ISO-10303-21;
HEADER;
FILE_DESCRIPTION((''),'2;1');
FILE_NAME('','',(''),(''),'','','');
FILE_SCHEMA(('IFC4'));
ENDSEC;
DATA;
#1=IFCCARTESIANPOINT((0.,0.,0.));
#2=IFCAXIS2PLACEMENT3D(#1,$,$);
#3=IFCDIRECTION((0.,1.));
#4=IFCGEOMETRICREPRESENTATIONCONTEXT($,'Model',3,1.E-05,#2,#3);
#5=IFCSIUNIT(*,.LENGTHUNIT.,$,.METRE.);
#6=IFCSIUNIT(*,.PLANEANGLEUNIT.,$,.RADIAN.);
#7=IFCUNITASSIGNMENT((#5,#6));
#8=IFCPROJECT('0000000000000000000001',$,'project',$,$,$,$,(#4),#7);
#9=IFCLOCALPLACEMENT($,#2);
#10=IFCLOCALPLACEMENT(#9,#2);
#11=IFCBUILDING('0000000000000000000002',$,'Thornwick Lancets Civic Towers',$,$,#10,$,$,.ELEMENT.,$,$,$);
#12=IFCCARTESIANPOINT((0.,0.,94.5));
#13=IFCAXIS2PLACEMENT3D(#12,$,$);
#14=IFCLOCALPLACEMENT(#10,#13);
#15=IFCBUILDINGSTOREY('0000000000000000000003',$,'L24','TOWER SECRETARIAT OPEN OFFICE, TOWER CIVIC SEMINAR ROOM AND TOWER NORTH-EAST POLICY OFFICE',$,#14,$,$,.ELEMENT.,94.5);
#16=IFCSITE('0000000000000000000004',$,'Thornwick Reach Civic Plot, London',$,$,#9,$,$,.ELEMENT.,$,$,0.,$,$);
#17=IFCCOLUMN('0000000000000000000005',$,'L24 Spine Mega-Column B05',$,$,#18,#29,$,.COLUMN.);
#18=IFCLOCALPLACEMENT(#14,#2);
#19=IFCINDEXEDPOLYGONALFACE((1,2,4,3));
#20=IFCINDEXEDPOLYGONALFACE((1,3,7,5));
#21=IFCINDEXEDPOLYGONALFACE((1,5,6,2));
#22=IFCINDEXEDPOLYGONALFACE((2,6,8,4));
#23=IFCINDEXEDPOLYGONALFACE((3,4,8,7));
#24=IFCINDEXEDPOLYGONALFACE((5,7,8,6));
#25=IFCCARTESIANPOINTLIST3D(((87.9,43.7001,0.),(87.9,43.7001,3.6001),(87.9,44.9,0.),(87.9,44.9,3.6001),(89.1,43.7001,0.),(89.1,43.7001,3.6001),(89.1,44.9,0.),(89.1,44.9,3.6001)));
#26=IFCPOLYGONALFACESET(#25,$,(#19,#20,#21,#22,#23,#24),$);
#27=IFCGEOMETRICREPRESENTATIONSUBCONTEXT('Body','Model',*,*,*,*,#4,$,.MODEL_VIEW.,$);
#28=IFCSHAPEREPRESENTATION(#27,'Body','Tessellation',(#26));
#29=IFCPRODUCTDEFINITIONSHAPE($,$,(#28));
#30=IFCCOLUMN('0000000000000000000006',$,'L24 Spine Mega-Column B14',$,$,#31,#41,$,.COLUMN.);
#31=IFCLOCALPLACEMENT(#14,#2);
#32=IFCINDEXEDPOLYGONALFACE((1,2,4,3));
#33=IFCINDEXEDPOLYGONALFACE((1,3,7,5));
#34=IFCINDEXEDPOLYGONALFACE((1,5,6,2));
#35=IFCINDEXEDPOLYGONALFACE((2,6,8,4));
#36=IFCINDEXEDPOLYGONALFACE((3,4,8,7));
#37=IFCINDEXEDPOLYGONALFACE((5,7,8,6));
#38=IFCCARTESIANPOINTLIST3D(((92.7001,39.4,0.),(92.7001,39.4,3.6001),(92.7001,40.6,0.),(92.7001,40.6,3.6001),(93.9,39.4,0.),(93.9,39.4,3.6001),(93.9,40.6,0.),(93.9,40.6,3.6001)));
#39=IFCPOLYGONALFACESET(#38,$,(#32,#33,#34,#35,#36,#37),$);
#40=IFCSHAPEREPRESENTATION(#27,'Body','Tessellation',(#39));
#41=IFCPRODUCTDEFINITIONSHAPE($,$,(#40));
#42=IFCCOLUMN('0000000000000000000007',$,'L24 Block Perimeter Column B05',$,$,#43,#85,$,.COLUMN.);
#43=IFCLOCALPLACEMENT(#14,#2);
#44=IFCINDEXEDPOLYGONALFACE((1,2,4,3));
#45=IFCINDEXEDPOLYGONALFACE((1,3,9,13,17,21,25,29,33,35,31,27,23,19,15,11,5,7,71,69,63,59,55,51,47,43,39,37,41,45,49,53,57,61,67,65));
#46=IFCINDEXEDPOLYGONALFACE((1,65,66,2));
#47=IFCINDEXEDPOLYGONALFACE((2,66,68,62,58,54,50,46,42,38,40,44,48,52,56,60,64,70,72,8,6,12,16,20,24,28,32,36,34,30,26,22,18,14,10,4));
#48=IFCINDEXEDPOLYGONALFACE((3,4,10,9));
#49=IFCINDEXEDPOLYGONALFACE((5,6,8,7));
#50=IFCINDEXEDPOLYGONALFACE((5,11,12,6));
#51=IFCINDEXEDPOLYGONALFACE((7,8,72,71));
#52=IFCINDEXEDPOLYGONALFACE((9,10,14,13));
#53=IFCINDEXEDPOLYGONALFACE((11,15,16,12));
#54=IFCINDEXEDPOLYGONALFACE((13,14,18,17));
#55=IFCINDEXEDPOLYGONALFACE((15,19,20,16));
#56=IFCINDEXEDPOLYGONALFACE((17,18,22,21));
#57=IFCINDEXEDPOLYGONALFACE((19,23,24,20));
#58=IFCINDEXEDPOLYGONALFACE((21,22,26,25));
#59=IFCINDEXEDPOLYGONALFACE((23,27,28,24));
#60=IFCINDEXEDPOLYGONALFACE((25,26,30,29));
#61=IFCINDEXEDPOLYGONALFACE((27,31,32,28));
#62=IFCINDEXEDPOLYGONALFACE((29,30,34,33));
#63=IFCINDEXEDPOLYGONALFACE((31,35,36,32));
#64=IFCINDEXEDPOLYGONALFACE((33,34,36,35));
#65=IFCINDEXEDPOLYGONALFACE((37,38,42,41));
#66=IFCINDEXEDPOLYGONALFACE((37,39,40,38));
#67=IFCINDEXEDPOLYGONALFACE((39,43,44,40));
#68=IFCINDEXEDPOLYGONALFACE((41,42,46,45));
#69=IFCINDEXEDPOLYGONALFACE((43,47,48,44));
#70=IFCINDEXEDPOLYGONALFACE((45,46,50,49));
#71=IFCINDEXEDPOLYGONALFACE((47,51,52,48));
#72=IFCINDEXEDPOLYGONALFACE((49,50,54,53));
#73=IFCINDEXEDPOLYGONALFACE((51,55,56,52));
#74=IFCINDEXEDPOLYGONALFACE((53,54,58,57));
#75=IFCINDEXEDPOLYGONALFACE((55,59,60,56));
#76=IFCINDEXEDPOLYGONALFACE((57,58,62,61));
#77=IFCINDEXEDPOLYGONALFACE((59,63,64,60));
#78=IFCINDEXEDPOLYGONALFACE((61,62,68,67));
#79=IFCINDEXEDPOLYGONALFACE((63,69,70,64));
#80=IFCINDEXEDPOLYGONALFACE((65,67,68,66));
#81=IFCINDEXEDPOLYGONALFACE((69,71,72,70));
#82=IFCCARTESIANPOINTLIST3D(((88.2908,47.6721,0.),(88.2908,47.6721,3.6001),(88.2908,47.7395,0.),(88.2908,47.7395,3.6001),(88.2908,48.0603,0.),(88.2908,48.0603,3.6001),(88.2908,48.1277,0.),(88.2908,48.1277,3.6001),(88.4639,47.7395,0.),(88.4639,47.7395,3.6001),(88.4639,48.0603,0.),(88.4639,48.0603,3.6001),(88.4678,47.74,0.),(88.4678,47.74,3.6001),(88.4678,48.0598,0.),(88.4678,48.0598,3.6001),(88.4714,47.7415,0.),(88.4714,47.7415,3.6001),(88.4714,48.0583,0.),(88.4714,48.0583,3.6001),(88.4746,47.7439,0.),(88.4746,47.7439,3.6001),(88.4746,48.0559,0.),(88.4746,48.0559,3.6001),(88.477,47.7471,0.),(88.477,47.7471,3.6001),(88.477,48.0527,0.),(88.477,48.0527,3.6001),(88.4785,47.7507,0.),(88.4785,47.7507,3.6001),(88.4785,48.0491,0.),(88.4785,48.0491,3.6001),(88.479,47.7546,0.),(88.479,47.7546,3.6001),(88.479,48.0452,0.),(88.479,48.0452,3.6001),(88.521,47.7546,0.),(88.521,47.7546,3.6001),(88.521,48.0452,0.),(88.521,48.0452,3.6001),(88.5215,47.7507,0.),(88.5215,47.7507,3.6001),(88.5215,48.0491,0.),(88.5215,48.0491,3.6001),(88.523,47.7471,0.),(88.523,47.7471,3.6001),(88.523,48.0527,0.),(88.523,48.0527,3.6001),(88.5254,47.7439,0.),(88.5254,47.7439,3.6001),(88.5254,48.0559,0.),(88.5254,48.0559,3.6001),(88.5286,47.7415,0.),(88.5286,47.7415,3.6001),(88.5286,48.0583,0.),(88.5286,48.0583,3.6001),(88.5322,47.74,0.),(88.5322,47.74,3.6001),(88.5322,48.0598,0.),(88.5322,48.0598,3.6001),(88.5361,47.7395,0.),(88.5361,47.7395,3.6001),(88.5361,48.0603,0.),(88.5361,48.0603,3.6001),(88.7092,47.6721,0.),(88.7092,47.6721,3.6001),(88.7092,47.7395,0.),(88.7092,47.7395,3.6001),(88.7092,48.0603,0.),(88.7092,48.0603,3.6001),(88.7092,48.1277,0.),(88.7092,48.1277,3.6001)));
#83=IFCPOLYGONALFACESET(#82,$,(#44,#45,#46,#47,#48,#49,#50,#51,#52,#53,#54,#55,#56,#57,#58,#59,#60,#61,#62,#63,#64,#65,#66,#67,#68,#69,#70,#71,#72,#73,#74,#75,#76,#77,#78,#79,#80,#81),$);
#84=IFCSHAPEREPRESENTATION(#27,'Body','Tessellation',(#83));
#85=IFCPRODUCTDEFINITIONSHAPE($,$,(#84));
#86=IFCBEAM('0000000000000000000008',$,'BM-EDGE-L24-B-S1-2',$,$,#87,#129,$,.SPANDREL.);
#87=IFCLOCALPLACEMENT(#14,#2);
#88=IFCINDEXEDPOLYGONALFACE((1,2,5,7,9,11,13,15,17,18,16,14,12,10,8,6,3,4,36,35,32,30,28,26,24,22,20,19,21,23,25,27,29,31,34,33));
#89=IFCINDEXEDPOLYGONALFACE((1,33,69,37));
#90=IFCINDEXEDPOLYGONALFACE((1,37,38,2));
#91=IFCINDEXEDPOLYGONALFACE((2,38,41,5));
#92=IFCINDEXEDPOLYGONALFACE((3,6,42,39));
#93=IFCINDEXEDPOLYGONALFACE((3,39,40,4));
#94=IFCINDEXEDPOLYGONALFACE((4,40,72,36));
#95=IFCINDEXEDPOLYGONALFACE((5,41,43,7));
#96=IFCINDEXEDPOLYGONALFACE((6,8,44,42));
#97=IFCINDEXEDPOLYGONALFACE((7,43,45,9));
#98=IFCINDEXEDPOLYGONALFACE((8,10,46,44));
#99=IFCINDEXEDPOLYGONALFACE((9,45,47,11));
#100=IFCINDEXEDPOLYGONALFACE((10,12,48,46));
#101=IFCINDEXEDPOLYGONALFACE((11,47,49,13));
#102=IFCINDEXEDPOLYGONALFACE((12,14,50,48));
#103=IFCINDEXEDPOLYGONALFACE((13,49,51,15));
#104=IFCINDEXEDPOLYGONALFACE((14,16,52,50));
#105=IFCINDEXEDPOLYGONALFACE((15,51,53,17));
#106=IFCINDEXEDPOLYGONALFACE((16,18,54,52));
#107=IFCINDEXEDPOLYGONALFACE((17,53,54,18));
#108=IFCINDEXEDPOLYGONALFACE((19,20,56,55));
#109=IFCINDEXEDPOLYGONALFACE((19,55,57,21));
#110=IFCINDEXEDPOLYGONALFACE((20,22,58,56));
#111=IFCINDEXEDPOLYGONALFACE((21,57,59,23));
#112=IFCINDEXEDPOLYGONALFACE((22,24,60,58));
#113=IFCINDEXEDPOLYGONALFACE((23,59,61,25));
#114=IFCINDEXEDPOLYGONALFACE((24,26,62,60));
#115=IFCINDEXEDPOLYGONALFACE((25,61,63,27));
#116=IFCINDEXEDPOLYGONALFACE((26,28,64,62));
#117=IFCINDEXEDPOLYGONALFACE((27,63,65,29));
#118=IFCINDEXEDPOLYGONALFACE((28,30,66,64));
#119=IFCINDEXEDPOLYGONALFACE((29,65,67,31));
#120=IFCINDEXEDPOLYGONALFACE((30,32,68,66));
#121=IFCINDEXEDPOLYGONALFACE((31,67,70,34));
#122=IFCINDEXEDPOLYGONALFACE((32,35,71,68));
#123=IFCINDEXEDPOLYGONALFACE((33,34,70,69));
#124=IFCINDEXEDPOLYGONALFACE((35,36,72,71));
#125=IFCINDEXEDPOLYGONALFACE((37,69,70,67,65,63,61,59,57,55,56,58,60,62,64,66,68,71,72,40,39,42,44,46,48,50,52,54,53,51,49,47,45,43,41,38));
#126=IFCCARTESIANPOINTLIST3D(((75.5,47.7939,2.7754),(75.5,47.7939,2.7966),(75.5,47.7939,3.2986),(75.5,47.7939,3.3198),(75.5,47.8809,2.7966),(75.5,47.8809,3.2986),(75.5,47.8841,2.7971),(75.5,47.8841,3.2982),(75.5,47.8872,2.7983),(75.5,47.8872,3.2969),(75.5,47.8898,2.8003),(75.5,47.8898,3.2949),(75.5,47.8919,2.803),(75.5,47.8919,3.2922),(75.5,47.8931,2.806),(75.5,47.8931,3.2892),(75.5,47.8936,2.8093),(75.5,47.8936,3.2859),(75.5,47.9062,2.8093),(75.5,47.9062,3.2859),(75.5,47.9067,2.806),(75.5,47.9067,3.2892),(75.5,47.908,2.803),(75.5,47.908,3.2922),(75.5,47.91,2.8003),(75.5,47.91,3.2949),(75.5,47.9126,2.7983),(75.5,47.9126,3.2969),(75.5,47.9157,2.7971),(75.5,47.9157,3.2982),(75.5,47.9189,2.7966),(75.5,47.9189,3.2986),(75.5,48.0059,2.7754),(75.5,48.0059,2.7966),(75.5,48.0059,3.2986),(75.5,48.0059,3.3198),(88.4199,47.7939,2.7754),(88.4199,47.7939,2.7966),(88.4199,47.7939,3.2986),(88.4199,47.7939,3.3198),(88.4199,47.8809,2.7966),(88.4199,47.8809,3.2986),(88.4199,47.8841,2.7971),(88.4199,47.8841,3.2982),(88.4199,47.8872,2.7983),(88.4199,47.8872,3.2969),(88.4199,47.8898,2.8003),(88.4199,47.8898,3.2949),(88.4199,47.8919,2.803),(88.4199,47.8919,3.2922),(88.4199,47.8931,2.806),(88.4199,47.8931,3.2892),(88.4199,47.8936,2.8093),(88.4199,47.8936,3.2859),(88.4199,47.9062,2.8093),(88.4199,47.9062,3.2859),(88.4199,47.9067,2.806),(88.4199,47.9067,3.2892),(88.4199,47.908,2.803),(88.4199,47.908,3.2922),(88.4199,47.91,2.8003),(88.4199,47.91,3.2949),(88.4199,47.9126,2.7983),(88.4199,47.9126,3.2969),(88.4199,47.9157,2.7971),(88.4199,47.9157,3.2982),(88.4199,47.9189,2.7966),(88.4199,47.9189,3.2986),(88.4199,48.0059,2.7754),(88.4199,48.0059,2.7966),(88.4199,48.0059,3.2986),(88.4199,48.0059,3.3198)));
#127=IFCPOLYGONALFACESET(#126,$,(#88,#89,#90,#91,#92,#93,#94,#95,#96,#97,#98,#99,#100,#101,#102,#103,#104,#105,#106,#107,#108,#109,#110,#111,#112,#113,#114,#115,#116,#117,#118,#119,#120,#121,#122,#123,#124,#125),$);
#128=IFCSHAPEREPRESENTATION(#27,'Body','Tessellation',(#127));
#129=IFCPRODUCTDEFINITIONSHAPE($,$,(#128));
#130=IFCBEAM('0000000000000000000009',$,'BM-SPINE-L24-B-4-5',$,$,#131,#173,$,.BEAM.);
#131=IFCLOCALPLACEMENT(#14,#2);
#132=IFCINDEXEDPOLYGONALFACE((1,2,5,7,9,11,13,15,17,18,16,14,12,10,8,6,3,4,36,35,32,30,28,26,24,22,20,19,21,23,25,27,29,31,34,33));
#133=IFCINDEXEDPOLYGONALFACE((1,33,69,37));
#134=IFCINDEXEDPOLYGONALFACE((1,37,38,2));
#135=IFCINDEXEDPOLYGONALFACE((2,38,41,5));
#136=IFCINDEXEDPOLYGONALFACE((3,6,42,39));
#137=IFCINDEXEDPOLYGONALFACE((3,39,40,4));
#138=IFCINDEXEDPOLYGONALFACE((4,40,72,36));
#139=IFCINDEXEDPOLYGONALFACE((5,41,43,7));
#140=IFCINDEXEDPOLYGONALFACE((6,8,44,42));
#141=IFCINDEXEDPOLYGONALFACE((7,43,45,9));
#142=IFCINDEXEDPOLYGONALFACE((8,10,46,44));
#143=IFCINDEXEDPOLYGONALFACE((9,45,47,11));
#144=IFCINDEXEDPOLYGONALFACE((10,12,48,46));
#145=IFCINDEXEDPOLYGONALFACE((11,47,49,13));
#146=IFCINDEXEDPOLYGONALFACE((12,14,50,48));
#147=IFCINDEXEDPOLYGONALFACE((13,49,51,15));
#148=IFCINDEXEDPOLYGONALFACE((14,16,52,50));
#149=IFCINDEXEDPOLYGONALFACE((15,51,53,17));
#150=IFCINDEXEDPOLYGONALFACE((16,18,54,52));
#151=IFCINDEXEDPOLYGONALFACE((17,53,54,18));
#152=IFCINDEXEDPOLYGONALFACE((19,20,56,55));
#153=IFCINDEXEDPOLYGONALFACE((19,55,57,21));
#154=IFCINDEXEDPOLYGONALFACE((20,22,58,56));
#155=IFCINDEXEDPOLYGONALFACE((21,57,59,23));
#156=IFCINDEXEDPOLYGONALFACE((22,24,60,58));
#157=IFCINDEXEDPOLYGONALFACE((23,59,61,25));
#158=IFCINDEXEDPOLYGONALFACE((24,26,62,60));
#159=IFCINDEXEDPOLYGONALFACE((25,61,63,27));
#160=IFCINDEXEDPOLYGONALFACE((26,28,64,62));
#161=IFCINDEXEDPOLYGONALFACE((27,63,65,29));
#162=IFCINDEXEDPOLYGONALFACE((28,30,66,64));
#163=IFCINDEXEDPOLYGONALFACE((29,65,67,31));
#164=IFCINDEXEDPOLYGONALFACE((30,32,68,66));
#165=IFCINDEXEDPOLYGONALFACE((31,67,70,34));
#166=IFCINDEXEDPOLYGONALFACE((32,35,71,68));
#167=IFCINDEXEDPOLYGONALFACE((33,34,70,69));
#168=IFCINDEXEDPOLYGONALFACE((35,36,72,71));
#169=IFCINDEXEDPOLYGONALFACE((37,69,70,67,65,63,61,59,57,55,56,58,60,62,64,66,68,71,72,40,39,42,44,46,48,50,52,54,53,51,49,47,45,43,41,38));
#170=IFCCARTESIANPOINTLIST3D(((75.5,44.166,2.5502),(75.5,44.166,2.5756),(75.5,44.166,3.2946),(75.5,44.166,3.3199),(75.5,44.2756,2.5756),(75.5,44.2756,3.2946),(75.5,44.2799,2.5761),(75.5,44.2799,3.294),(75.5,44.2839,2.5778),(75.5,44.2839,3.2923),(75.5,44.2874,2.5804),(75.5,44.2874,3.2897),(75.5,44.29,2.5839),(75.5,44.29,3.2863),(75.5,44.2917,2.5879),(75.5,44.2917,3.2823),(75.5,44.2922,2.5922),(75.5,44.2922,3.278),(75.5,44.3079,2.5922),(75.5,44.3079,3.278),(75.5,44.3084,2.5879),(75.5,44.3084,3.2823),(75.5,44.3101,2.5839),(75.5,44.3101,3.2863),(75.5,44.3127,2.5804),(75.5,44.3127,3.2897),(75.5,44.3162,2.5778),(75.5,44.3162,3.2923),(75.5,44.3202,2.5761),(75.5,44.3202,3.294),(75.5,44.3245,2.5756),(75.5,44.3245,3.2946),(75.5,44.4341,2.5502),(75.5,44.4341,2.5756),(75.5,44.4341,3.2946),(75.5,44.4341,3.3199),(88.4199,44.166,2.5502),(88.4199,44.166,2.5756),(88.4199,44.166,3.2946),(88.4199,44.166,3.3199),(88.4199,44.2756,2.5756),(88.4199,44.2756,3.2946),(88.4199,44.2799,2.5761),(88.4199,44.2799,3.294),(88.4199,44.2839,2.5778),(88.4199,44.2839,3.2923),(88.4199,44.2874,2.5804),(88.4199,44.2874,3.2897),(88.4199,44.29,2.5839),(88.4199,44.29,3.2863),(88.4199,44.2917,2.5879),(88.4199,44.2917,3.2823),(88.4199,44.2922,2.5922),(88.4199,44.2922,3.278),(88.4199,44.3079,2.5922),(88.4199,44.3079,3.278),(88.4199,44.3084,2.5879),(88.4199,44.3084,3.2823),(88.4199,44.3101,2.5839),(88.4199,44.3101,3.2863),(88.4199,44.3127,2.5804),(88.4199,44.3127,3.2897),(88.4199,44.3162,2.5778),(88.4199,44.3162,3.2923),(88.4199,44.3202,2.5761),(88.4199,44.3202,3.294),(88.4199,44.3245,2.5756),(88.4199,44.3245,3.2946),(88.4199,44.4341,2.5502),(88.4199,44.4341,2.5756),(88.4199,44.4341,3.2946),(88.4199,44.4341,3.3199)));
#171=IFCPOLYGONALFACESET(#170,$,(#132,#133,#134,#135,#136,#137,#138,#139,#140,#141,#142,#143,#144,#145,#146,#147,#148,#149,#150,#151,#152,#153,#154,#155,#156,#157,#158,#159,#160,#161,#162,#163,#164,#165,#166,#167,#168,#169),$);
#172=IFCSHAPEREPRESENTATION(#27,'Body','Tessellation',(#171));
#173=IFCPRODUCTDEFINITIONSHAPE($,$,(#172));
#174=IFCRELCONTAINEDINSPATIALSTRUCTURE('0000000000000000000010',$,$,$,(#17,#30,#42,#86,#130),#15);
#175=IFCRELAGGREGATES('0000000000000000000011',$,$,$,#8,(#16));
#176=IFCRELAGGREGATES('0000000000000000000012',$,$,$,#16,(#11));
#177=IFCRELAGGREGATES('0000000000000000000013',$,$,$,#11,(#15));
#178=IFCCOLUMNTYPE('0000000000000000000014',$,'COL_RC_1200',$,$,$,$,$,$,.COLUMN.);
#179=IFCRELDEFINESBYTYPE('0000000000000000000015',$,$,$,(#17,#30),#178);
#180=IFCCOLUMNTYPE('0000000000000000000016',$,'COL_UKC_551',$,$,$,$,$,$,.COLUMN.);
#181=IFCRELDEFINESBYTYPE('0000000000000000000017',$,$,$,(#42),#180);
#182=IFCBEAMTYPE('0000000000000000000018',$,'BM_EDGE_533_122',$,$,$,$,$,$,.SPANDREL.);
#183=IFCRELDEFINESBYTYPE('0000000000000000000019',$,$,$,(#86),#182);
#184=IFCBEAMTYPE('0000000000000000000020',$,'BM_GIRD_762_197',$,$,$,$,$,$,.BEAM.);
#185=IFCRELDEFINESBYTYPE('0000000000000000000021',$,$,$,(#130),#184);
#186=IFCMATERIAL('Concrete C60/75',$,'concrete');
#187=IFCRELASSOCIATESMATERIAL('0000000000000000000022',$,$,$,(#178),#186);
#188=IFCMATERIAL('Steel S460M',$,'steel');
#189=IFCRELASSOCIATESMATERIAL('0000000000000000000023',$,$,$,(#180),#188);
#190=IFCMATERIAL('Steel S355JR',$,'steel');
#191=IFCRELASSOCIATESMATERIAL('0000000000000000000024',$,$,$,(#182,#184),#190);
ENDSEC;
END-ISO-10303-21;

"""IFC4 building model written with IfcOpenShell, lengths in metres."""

from ifc_helpers import new_model, si_unit, direction, frame, origin, origin_2d, place, context, subcontext, project, spatial, rectangle, i_section, extrude, material, material_profile, profile_set, type_object, element, save


model = new_model("IFC4")

# Units and contexts
model_context = context("Model", 3, precision=1e-05, world=origin(), true_north=direction((0.0, 1.0)))
body_context = subcontext(model_context, "Body", "Model", "MODEL_VIEW")
ifc_project = project(units=[si_unit("LENGTHUNIT", "METRE"), si_unit("PLANEANGLEUNIT", "RADIAN")], contexts=[model_context])

# Site, building, storey
site_placement = place(None, origin())
site = spatial("IfcSite", under=ifc_project, at=site_placement, Name="Thornwick Reach Civic Plot, London", CompositionType="ELEMENT", RefElevation=0.0)
building_placement = place(site_placement, origin())
building = spatial("IfcBuilding", under=site, at=building_placement, Name="Thornwick Lancets Civic Towers", CompositionType="ELEMENT")
storey_placement = place(building_placement, frame((0.0, 0.0, 94.5)))
storey = spatial("IfcBuildingStorey", under=building, at=storey_placement, Name="L24", Description="TOWER SECRETARIAT OPEN OFFICE, TOWER CIVIC SEMINAR ROOM AND TOWER NORTH-EAST POLICY OFFICE", CompositionType="ELEMENT", Elevation=94.5)

# Columns
ifc_material_1 = material(Name="Concrete C60/75", Category="concrete")
ifc_material_profile_1 = material_profile(ifc_material_1, rectangle(XDim=1.2, YDim=1.2, at=origin_2d()), Name="RC 1200x1200")
ifc_profile_set_1 = profile_set([ifc_material_profile_1], Name="Concrete C60/75")
column_type_1 = type_object("IfcColumnType", Name="COL_RC_1200", PredefinedType="COLUMN", material=ifc_profile_set_1)
for number, where, z_axis, x_axis, name in (
    (1, (88.5, 44.3, 0.0), (0.0, 0.0, 1.0), (1.0, 0.0, 0.0), "L24 Spine Mega-Column B05"),
    (2, (93.3, 40.0, 0.0), (0.0, 0.0, 1.0), (1.0, 0.0, 0.0), "L24 Spine Mega-Column B14"),
):
    element("IfcColumn", number, at=place(storey_placement, frame(where, z_axis=z_axis, x_axis=x_axis)), inside=storey, type_object=column_type_1, Name=name, PredefinedType="COLUMN", context=body_context, shape_type="SweptSolid", body=[
        extrude(rectangle(XDim=1.2, YDim=1.2, at=origin_2d()), origin(), (0.0, 0.0, 1.0), 3.6001),
    ])
ifc_material_2 = material(Name="Steel S460M", Category="steel")
ifc_material_profile_2 = material_profile(ifc_material_2, i_section(OverallWidth=0.4185, OverallDepth=0.4556, WebThickness=0.042, FlangeThickness=0.0674, FilletRadius=0.0151, at=origin_2d()), Name="UKC 356x406x551")
ifc_profile_set_2 = profile_set([ifc_material_profile_2], Name="Steel S460M")
column_type_2 = type_object("IfcColumnType", Name="COL_UKC_551", PredefinedType="COLUMN", material=ifc_profile_set_2)
column_placement = place(storey_placement, frame((88.5, 47.8999, 0.0), z_axis=(0.0, 0.0, 1.0), x_axis=(1.0, 0.0, 0.0)))
element("IfcColumn", 3, at=column_placement, inside=storey, type_object=column_type_2, Name="L24 Block Perimeter Column B05", PredefinedType="COLUMN", context=body_context, shape_type="SweptSolid", body=[
    extrude(i_section(OverallWidth=0.4185, OverallDepth=0.4556, WebThickness=0.042, FlangeThickness=0.0674, FilletRadius=0.0151, at=origin_2d()), origin(), (0.0, 0.0, 1.0), 3.6001),
])

# Beams
ifc_material_3 = material(Name="Steel S355JR", Category="steel")
ifc_material_profile_3 = material_profile(ifc_material_3, i_section(OverallWidth=0.2119, OverallDepth=0.5444, WebThickness=0.0127, FlangeThickness=0.0212, FilletRadius=0.0127, at=origin_2d()), Name="UKB 533x210x122")
ifc_profile_set_3 = profile_set([ifc_material_profile_3], Name="Steel S355JR")
beam_type_1 = type_object("IfcBeamType", Name="BM_EDGE_533_122", PredefinedType="SPANDREL", material=ifc_profile_set_3)
beam_1_placement = place(storey_placement, frame((88.4199, 47.8999, 3.0476), z_axis=(-1.0, 0.0, 0.0), x_axis=(0.0, -1.0, 0.0)))
element("IfcBeam", 4, at=beam_1_placement, inside=storey, type_object=beam_type_1, Name="BM-EDGE-L24-B-S1-2", PredefinedType="SPANDREL", context=body_context, shape_type="SweptSolid", body=[
    extrude(i_section(OverallWidth=0.2119, OverallDepth=0.5444, WebThickness=0.0127, FlangeThickness=0.0212, FilletRadius=0.0127, at=origin_2d()), origin(), (0.0, 0.0, 1.0), 12.9199),
])
ifc_material_profile_4 = material_profile(ifc_material_3, i_section(OverallWidth=0.2681, OverallDepth=0.7698, WebThickness=0.0156, FlangeThickness=0.0254, FilletRadius=0.0166, at=origin_2d()), Name="UKB 762x267x197")
ifc_profile_set_4 = profile_set([ifc_material_profile_4], Name="Steel S355JR")
beam_type_2 = type_object("IfcBeamType", Name="BM_GIRD_762_197", PredefinedType="BEAM", material=ifc_profile_set_4)
beam_2_placement = place(storey_placement, frame((88.4199, 44.3, 2.9351), z_axis=(-1.0, 0.0, 0.0), x_axis=(0.0, -1.0, 0.0)))
element("IfcBeam", 5, at=beam_2_placement, inside=storey, type_object=beam_type_2, Name="BM-SPINE-L24-B-4-5", PredefinedType="BEAM", context=body_context, shape_type="SweptSolid", body=[
    extrude(i_section(OverallWidth=0.2681, OverallDepth=0.7698, WebThickness=0.0156, FlangeThickness=0.0254, FilletRadius=0.0166, at=origin_2d()), origin(), (0.0, 0.0, 1.0), 12.9199),
])

save(model, "model.ifc")
